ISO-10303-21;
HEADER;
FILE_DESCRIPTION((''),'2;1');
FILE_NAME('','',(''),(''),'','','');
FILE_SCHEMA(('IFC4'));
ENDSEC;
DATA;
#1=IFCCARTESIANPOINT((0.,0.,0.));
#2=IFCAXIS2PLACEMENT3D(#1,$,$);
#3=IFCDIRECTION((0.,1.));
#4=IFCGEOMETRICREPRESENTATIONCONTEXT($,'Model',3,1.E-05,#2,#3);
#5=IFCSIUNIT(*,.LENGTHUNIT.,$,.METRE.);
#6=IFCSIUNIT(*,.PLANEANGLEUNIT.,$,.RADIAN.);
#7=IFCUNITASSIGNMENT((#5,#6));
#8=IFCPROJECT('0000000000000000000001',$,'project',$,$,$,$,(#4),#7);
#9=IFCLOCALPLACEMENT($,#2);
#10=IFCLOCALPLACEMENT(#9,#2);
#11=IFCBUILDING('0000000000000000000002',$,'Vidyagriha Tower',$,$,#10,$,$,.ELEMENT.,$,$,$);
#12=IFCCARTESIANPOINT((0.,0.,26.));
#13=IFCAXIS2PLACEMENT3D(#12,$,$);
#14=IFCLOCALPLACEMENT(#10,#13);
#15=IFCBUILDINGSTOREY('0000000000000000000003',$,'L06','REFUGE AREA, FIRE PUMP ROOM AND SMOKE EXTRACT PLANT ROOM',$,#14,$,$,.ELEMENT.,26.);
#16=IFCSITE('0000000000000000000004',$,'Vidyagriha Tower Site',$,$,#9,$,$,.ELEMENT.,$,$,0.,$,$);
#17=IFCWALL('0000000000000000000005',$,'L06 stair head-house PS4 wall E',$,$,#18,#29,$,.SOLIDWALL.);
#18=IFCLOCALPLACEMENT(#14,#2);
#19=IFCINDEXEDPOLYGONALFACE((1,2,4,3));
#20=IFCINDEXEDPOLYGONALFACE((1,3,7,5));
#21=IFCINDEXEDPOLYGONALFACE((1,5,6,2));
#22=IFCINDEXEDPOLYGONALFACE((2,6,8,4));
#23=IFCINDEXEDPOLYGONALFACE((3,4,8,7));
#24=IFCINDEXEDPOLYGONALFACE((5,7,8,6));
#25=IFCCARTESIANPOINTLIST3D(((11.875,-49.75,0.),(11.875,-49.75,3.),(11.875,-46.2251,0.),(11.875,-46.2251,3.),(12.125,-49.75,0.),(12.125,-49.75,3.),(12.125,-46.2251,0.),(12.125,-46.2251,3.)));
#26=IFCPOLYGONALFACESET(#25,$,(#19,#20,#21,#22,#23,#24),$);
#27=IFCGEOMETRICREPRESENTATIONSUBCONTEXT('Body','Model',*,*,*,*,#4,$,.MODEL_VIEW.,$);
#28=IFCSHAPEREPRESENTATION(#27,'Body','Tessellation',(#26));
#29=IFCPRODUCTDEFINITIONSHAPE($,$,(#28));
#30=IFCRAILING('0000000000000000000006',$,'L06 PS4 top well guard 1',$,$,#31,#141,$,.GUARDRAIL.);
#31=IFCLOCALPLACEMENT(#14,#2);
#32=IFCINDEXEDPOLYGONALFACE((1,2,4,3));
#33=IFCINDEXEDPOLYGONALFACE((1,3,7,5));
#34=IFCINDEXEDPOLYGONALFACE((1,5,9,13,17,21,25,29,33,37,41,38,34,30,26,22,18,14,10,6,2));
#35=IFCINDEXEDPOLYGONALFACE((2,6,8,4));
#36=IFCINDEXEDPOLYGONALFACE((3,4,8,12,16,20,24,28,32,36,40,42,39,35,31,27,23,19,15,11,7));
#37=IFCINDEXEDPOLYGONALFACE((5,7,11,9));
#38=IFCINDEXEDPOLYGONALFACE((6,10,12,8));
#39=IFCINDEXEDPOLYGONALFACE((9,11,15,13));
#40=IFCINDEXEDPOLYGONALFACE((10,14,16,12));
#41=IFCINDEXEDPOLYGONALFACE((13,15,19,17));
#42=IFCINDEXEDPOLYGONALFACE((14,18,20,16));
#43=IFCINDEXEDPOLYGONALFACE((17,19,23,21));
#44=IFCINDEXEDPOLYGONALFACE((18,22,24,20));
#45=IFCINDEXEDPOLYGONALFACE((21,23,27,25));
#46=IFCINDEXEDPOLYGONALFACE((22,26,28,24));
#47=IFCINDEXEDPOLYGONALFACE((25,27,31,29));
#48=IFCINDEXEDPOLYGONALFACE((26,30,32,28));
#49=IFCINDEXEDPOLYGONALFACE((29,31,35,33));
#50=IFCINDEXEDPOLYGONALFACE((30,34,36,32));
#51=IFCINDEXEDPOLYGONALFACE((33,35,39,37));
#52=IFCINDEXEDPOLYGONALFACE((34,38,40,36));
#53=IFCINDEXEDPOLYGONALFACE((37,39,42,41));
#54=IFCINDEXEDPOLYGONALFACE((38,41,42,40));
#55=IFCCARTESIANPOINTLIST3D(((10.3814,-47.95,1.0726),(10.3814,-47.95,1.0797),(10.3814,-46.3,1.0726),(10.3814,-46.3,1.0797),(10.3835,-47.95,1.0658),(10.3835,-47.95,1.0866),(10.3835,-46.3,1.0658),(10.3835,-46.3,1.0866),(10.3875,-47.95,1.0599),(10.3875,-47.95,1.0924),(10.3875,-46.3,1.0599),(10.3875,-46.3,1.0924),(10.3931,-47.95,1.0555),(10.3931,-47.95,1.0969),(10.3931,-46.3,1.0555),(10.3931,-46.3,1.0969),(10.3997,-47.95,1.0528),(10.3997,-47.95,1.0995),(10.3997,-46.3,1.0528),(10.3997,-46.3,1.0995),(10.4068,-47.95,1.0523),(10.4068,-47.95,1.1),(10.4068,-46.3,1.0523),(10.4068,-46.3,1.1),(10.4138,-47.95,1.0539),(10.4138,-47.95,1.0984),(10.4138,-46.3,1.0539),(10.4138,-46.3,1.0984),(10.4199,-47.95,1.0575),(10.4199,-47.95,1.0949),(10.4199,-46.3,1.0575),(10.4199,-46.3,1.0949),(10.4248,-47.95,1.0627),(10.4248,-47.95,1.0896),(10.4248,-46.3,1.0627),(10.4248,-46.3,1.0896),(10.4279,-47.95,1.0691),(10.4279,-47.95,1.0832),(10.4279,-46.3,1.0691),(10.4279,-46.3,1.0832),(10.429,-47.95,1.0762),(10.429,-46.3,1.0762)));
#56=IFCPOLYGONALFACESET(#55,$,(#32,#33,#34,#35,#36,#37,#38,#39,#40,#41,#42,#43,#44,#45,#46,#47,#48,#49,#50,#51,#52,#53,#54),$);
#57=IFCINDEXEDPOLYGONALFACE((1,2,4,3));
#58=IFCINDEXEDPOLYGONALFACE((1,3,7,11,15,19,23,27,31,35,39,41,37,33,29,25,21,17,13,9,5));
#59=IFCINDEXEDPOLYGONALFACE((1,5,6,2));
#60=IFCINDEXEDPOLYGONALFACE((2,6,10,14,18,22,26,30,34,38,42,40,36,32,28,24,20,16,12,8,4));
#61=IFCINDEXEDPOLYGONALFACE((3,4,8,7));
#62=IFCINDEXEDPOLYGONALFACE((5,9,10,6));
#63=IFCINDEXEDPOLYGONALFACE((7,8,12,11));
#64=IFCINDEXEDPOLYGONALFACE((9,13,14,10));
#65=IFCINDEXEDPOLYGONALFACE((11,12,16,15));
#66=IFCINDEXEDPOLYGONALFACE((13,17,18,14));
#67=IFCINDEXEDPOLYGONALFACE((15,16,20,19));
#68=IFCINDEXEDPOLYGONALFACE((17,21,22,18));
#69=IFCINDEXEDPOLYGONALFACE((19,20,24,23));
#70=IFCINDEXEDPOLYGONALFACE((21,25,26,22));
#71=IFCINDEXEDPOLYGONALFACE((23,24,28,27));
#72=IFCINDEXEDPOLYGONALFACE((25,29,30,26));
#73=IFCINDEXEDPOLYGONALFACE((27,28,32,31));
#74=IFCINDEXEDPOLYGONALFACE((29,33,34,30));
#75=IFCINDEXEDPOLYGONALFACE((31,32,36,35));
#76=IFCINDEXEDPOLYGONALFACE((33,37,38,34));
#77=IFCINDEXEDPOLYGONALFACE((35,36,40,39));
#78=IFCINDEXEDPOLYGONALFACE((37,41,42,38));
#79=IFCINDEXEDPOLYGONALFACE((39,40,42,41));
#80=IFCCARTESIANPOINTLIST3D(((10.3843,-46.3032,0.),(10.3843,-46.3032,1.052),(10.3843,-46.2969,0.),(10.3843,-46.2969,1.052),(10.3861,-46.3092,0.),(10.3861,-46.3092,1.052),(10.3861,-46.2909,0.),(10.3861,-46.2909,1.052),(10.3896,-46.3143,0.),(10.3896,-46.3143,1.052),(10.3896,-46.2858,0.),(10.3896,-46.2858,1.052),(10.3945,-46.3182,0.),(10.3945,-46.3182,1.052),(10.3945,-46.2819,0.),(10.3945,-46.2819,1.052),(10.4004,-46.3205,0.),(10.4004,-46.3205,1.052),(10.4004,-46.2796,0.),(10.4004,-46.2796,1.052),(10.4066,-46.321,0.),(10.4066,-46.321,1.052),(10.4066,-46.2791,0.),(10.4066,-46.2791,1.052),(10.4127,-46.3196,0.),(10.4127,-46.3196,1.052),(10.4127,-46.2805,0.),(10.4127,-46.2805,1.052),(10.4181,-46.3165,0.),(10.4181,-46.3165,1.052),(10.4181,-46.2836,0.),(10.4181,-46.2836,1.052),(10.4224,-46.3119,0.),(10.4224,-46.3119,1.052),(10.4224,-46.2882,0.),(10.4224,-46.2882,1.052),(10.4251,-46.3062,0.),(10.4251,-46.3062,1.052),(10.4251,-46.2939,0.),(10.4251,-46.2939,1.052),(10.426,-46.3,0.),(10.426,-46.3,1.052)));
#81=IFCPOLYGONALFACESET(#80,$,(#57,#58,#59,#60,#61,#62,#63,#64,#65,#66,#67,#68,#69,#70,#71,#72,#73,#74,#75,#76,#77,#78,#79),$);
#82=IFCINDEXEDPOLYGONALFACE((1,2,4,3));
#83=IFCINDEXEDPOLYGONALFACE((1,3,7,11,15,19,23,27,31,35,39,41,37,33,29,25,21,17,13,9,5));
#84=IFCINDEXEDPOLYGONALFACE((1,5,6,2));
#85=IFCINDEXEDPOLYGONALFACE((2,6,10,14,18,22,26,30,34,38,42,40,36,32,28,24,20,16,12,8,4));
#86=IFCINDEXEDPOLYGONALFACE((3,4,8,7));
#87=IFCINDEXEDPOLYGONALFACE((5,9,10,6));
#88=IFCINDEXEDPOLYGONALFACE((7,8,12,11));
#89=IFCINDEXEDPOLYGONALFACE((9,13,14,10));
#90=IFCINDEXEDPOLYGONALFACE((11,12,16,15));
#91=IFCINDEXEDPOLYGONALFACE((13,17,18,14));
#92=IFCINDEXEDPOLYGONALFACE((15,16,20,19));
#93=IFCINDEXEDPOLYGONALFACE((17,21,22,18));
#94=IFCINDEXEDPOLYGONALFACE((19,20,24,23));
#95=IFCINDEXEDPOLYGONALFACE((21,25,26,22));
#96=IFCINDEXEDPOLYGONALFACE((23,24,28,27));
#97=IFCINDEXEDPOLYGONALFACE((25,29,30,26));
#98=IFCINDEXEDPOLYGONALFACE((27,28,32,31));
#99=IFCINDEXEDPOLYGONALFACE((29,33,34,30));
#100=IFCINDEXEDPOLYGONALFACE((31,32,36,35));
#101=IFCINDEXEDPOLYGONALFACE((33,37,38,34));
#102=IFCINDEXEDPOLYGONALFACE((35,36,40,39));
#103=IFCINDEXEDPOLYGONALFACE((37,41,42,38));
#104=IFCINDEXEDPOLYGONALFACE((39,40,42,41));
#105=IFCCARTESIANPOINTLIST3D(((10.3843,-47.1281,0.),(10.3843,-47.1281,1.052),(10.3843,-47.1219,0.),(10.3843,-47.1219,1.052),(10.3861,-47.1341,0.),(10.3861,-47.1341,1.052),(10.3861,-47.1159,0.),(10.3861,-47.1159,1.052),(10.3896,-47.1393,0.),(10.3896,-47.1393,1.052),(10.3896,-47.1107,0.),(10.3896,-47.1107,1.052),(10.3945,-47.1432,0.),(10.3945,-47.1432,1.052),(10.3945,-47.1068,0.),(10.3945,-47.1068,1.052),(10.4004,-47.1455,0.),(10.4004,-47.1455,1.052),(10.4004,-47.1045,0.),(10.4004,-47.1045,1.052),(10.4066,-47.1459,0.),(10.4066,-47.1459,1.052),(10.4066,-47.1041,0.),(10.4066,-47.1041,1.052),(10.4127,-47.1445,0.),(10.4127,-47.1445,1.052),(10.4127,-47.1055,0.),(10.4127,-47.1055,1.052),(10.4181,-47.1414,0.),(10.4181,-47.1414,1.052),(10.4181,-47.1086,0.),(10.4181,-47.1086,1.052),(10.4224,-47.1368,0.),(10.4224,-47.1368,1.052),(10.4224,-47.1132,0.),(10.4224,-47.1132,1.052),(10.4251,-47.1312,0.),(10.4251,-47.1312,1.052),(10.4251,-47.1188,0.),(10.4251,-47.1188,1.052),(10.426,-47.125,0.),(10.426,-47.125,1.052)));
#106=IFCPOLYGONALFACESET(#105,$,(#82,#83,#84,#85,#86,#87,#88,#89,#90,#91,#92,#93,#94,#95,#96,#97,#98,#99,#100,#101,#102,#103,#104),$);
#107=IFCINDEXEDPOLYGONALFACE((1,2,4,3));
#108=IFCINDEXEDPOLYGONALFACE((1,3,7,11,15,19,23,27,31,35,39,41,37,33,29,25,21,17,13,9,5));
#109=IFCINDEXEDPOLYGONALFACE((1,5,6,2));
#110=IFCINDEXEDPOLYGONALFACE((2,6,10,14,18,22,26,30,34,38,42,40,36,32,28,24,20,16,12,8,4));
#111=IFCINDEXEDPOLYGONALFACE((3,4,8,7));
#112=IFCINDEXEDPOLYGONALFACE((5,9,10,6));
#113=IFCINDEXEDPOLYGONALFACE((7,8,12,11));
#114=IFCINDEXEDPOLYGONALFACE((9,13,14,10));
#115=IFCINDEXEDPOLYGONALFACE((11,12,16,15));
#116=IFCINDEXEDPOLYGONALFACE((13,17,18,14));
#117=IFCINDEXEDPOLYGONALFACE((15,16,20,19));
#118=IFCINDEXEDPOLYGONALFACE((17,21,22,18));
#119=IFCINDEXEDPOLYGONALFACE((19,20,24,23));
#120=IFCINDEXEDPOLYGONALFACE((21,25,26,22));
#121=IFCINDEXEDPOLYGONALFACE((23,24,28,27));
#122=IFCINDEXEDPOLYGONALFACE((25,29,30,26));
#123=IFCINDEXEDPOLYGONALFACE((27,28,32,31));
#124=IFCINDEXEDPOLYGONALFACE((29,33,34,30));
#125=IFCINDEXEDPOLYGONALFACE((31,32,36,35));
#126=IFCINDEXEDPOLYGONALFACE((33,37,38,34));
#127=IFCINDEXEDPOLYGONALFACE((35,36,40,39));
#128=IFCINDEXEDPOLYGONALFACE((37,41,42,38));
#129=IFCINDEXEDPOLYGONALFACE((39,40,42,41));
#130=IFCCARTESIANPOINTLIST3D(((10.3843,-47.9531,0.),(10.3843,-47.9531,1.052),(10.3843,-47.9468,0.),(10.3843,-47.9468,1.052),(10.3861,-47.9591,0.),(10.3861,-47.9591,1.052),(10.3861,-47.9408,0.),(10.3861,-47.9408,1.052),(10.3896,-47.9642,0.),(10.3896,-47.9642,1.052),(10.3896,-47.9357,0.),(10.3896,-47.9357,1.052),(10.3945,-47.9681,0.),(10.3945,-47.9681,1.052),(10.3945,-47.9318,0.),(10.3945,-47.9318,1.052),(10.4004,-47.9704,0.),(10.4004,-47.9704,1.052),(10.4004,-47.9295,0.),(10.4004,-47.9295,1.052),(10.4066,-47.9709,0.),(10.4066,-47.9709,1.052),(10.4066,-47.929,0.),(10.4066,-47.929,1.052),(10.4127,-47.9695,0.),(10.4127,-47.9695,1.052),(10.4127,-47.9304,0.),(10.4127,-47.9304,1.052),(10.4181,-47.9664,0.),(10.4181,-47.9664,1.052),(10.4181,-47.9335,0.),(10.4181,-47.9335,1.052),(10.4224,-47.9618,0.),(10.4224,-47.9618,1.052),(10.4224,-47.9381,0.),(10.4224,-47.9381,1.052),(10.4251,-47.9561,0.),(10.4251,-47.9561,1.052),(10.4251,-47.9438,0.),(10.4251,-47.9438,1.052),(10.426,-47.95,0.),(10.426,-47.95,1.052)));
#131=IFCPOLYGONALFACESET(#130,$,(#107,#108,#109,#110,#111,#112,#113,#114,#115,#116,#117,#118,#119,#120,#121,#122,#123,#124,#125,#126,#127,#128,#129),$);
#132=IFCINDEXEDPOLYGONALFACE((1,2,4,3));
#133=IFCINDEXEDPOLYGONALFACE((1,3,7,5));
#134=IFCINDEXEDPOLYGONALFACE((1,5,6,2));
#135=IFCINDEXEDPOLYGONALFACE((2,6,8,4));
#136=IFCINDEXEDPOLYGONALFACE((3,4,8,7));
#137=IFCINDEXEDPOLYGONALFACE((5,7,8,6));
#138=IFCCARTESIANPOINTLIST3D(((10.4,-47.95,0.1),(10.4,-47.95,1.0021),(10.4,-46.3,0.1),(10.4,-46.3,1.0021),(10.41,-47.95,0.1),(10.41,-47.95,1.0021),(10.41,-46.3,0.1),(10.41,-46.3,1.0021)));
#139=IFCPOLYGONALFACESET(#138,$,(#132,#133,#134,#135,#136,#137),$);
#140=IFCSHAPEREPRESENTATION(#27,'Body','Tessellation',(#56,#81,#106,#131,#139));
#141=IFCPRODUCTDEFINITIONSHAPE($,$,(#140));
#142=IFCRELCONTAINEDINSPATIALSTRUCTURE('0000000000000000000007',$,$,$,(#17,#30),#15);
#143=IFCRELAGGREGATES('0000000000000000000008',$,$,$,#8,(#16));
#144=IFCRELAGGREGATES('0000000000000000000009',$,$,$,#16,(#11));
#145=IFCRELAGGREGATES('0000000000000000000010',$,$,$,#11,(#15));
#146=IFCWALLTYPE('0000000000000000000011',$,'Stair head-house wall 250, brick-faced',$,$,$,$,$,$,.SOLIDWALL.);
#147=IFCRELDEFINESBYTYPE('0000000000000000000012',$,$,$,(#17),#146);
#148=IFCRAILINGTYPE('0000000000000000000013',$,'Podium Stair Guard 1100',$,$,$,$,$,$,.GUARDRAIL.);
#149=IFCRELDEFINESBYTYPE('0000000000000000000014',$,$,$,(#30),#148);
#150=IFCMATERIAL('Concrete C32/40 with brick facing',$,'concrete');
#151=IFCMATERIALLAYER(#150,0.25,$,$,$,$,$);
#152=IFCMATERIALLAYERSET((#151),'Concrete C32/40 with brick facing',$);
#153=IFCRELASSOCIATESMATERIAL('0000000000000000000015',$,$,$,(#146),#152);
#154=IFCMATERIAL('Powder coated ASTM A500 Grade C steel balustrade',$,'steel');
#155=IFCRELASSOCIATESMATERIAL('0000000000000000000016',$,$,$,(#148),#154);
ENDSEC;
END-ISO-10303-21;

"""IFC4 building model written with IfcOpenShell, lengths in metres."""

from ifc_helpers import new_model, si_unit, direction, frame, frame_2d, origin, origin_2d, place, context, subcontext, project, spatial, rectangle, circle, extrude, material, layer, layer_set, type_object, element, save


model = new_model("IFC4")

# Units and contexts
model_context = context("Model", 3, precision=1e-05, world=origin(), true_north=direction((0.0, 1.0)))
body_context = subcontext(model_context, "Body", "Model", "MODEL_VIEW")
ifc_project = project(units=[si_unit("LENGTHUNIT", "METRE"), si_unit("PLANEANGLEUNIT", "RADIAN")], contexts=[model_context])

# Site, building, storey
site_placement = place(None, origin())
site = spatial("IfcSite", under=ifc_project, at=site_placement, Name="Vidyagriha Tower Site", CompositionType="ELEMENT", RefElevation=0.0)
building_placement = place(site_placement, origin())
building = spatial("IfcBuilding", under=site, at=building_placement, Name="Vidyagriha Tower", CompositionType="ELEMENT")
storey_placement = place(building_placement, frame((0.0, 0.0, 26.0)))
storey = spatial("IfcBuildingStorey", under=building, at=storey_placement, Name="L06", Description="REFUGE AREA, FIRE PUMP ROOM AND SMOKE EXTRACT PLANT ROOM", CompositionType="ELEMENT", Elevation=26.0)

# Shared definitions
ifc_material_1 = material(Name="Concrete C32/40 with brick facing", Category="concrete")
ifc_layer_1 = layer(ifc_material_1, 0.25)
ifc_layer_set_1 = layer_set([ifc_layer_1], Name="Concrete C32/40 with brick facing")
wall_type = type_object("IfcWallType", Name="Stair head-house wall 250, brick-faced", PredefinedType="SOLIDWALL", material=ifc_layer_set_1)

# Wall
for number, where, z_axis, x_axis, name in (
    (1, (12.0, -49.75, 0.0), (0.0, 0.0, 1.0), (0.0, 1.0, 0.0), "L06 stair head-house PS4 wall E"),
):
    element("IfcWall", number, at=place(storey_placement, frame(where, z_axis=z_axis, x_axis=x_axis)), inside=storey, type_object=wall_type, Name=name, PredefinedType="SOLIDWALL", context=body_context, shape_type="SweptSolid", body=[
        extrude(rectangle(XDim=3.5249, YDim=0.25, at=frame_2d((1.7625, 0.0))), origin(), (0.0, 0.0, 1.0), 3.0),
    ])

# Railing
ifc_material_2 = material(Name="Powder coated ASTM A500 Grade C steel balustrade", Category="steel")
railing_type = type_object("IfcRailingType", Name="Podium Stair Guard 1100", PredefinedType="GUARDRAIL", material=ifc_material_2)
railing_placement = place(storey_placement, frame((10.405, -46.3, 0.0)))
element("IfcRailing", 2, at=railing_placement, inside=storey, type_object=railing_type, Name="L06 PS4 top well guard 1", PredefinedType="GUARDRAIL", context=body_context, shape_type="SweptSolid", body=[
    extrude(circle(Radius=0.0239, at=origin_2d()), frame((0.0, 0.0, 1.0762), z_axis=(0.0, -1.0, 0.0), x_axis=(1.0, 0.0, 0.0)), (0.0, 0.0, 1.0), 1.6499),
    extrude(circle(Radius=0.021, at=origin_2d()), origin(), (0.0, 0.0, 1.0), 1.052),
    extrude(circle(Radius=0.021, at=origin_2d()), frame((0.0, -0.825, 0.0)), (0.0, 0.0, 1.0), 1.052),
    extrude(circle(Radius=0.021, at=origin_2d()), frame((0.0, -1.6499, 0.0)), (0.0, 0.0, 1.0), 1.052),
    extrude(rectangle(XDim=0.01, YDim=0.9021, at=origin_2d()), frame((0.0, 0.0, 0.551), z_axis=(0.0, -1.0, 0.0), x_axis=(1.0, 0.0, 0.0)), (0.0, 0.0, 1.0), 1.6499),
])

save(model, "model.ifc")
